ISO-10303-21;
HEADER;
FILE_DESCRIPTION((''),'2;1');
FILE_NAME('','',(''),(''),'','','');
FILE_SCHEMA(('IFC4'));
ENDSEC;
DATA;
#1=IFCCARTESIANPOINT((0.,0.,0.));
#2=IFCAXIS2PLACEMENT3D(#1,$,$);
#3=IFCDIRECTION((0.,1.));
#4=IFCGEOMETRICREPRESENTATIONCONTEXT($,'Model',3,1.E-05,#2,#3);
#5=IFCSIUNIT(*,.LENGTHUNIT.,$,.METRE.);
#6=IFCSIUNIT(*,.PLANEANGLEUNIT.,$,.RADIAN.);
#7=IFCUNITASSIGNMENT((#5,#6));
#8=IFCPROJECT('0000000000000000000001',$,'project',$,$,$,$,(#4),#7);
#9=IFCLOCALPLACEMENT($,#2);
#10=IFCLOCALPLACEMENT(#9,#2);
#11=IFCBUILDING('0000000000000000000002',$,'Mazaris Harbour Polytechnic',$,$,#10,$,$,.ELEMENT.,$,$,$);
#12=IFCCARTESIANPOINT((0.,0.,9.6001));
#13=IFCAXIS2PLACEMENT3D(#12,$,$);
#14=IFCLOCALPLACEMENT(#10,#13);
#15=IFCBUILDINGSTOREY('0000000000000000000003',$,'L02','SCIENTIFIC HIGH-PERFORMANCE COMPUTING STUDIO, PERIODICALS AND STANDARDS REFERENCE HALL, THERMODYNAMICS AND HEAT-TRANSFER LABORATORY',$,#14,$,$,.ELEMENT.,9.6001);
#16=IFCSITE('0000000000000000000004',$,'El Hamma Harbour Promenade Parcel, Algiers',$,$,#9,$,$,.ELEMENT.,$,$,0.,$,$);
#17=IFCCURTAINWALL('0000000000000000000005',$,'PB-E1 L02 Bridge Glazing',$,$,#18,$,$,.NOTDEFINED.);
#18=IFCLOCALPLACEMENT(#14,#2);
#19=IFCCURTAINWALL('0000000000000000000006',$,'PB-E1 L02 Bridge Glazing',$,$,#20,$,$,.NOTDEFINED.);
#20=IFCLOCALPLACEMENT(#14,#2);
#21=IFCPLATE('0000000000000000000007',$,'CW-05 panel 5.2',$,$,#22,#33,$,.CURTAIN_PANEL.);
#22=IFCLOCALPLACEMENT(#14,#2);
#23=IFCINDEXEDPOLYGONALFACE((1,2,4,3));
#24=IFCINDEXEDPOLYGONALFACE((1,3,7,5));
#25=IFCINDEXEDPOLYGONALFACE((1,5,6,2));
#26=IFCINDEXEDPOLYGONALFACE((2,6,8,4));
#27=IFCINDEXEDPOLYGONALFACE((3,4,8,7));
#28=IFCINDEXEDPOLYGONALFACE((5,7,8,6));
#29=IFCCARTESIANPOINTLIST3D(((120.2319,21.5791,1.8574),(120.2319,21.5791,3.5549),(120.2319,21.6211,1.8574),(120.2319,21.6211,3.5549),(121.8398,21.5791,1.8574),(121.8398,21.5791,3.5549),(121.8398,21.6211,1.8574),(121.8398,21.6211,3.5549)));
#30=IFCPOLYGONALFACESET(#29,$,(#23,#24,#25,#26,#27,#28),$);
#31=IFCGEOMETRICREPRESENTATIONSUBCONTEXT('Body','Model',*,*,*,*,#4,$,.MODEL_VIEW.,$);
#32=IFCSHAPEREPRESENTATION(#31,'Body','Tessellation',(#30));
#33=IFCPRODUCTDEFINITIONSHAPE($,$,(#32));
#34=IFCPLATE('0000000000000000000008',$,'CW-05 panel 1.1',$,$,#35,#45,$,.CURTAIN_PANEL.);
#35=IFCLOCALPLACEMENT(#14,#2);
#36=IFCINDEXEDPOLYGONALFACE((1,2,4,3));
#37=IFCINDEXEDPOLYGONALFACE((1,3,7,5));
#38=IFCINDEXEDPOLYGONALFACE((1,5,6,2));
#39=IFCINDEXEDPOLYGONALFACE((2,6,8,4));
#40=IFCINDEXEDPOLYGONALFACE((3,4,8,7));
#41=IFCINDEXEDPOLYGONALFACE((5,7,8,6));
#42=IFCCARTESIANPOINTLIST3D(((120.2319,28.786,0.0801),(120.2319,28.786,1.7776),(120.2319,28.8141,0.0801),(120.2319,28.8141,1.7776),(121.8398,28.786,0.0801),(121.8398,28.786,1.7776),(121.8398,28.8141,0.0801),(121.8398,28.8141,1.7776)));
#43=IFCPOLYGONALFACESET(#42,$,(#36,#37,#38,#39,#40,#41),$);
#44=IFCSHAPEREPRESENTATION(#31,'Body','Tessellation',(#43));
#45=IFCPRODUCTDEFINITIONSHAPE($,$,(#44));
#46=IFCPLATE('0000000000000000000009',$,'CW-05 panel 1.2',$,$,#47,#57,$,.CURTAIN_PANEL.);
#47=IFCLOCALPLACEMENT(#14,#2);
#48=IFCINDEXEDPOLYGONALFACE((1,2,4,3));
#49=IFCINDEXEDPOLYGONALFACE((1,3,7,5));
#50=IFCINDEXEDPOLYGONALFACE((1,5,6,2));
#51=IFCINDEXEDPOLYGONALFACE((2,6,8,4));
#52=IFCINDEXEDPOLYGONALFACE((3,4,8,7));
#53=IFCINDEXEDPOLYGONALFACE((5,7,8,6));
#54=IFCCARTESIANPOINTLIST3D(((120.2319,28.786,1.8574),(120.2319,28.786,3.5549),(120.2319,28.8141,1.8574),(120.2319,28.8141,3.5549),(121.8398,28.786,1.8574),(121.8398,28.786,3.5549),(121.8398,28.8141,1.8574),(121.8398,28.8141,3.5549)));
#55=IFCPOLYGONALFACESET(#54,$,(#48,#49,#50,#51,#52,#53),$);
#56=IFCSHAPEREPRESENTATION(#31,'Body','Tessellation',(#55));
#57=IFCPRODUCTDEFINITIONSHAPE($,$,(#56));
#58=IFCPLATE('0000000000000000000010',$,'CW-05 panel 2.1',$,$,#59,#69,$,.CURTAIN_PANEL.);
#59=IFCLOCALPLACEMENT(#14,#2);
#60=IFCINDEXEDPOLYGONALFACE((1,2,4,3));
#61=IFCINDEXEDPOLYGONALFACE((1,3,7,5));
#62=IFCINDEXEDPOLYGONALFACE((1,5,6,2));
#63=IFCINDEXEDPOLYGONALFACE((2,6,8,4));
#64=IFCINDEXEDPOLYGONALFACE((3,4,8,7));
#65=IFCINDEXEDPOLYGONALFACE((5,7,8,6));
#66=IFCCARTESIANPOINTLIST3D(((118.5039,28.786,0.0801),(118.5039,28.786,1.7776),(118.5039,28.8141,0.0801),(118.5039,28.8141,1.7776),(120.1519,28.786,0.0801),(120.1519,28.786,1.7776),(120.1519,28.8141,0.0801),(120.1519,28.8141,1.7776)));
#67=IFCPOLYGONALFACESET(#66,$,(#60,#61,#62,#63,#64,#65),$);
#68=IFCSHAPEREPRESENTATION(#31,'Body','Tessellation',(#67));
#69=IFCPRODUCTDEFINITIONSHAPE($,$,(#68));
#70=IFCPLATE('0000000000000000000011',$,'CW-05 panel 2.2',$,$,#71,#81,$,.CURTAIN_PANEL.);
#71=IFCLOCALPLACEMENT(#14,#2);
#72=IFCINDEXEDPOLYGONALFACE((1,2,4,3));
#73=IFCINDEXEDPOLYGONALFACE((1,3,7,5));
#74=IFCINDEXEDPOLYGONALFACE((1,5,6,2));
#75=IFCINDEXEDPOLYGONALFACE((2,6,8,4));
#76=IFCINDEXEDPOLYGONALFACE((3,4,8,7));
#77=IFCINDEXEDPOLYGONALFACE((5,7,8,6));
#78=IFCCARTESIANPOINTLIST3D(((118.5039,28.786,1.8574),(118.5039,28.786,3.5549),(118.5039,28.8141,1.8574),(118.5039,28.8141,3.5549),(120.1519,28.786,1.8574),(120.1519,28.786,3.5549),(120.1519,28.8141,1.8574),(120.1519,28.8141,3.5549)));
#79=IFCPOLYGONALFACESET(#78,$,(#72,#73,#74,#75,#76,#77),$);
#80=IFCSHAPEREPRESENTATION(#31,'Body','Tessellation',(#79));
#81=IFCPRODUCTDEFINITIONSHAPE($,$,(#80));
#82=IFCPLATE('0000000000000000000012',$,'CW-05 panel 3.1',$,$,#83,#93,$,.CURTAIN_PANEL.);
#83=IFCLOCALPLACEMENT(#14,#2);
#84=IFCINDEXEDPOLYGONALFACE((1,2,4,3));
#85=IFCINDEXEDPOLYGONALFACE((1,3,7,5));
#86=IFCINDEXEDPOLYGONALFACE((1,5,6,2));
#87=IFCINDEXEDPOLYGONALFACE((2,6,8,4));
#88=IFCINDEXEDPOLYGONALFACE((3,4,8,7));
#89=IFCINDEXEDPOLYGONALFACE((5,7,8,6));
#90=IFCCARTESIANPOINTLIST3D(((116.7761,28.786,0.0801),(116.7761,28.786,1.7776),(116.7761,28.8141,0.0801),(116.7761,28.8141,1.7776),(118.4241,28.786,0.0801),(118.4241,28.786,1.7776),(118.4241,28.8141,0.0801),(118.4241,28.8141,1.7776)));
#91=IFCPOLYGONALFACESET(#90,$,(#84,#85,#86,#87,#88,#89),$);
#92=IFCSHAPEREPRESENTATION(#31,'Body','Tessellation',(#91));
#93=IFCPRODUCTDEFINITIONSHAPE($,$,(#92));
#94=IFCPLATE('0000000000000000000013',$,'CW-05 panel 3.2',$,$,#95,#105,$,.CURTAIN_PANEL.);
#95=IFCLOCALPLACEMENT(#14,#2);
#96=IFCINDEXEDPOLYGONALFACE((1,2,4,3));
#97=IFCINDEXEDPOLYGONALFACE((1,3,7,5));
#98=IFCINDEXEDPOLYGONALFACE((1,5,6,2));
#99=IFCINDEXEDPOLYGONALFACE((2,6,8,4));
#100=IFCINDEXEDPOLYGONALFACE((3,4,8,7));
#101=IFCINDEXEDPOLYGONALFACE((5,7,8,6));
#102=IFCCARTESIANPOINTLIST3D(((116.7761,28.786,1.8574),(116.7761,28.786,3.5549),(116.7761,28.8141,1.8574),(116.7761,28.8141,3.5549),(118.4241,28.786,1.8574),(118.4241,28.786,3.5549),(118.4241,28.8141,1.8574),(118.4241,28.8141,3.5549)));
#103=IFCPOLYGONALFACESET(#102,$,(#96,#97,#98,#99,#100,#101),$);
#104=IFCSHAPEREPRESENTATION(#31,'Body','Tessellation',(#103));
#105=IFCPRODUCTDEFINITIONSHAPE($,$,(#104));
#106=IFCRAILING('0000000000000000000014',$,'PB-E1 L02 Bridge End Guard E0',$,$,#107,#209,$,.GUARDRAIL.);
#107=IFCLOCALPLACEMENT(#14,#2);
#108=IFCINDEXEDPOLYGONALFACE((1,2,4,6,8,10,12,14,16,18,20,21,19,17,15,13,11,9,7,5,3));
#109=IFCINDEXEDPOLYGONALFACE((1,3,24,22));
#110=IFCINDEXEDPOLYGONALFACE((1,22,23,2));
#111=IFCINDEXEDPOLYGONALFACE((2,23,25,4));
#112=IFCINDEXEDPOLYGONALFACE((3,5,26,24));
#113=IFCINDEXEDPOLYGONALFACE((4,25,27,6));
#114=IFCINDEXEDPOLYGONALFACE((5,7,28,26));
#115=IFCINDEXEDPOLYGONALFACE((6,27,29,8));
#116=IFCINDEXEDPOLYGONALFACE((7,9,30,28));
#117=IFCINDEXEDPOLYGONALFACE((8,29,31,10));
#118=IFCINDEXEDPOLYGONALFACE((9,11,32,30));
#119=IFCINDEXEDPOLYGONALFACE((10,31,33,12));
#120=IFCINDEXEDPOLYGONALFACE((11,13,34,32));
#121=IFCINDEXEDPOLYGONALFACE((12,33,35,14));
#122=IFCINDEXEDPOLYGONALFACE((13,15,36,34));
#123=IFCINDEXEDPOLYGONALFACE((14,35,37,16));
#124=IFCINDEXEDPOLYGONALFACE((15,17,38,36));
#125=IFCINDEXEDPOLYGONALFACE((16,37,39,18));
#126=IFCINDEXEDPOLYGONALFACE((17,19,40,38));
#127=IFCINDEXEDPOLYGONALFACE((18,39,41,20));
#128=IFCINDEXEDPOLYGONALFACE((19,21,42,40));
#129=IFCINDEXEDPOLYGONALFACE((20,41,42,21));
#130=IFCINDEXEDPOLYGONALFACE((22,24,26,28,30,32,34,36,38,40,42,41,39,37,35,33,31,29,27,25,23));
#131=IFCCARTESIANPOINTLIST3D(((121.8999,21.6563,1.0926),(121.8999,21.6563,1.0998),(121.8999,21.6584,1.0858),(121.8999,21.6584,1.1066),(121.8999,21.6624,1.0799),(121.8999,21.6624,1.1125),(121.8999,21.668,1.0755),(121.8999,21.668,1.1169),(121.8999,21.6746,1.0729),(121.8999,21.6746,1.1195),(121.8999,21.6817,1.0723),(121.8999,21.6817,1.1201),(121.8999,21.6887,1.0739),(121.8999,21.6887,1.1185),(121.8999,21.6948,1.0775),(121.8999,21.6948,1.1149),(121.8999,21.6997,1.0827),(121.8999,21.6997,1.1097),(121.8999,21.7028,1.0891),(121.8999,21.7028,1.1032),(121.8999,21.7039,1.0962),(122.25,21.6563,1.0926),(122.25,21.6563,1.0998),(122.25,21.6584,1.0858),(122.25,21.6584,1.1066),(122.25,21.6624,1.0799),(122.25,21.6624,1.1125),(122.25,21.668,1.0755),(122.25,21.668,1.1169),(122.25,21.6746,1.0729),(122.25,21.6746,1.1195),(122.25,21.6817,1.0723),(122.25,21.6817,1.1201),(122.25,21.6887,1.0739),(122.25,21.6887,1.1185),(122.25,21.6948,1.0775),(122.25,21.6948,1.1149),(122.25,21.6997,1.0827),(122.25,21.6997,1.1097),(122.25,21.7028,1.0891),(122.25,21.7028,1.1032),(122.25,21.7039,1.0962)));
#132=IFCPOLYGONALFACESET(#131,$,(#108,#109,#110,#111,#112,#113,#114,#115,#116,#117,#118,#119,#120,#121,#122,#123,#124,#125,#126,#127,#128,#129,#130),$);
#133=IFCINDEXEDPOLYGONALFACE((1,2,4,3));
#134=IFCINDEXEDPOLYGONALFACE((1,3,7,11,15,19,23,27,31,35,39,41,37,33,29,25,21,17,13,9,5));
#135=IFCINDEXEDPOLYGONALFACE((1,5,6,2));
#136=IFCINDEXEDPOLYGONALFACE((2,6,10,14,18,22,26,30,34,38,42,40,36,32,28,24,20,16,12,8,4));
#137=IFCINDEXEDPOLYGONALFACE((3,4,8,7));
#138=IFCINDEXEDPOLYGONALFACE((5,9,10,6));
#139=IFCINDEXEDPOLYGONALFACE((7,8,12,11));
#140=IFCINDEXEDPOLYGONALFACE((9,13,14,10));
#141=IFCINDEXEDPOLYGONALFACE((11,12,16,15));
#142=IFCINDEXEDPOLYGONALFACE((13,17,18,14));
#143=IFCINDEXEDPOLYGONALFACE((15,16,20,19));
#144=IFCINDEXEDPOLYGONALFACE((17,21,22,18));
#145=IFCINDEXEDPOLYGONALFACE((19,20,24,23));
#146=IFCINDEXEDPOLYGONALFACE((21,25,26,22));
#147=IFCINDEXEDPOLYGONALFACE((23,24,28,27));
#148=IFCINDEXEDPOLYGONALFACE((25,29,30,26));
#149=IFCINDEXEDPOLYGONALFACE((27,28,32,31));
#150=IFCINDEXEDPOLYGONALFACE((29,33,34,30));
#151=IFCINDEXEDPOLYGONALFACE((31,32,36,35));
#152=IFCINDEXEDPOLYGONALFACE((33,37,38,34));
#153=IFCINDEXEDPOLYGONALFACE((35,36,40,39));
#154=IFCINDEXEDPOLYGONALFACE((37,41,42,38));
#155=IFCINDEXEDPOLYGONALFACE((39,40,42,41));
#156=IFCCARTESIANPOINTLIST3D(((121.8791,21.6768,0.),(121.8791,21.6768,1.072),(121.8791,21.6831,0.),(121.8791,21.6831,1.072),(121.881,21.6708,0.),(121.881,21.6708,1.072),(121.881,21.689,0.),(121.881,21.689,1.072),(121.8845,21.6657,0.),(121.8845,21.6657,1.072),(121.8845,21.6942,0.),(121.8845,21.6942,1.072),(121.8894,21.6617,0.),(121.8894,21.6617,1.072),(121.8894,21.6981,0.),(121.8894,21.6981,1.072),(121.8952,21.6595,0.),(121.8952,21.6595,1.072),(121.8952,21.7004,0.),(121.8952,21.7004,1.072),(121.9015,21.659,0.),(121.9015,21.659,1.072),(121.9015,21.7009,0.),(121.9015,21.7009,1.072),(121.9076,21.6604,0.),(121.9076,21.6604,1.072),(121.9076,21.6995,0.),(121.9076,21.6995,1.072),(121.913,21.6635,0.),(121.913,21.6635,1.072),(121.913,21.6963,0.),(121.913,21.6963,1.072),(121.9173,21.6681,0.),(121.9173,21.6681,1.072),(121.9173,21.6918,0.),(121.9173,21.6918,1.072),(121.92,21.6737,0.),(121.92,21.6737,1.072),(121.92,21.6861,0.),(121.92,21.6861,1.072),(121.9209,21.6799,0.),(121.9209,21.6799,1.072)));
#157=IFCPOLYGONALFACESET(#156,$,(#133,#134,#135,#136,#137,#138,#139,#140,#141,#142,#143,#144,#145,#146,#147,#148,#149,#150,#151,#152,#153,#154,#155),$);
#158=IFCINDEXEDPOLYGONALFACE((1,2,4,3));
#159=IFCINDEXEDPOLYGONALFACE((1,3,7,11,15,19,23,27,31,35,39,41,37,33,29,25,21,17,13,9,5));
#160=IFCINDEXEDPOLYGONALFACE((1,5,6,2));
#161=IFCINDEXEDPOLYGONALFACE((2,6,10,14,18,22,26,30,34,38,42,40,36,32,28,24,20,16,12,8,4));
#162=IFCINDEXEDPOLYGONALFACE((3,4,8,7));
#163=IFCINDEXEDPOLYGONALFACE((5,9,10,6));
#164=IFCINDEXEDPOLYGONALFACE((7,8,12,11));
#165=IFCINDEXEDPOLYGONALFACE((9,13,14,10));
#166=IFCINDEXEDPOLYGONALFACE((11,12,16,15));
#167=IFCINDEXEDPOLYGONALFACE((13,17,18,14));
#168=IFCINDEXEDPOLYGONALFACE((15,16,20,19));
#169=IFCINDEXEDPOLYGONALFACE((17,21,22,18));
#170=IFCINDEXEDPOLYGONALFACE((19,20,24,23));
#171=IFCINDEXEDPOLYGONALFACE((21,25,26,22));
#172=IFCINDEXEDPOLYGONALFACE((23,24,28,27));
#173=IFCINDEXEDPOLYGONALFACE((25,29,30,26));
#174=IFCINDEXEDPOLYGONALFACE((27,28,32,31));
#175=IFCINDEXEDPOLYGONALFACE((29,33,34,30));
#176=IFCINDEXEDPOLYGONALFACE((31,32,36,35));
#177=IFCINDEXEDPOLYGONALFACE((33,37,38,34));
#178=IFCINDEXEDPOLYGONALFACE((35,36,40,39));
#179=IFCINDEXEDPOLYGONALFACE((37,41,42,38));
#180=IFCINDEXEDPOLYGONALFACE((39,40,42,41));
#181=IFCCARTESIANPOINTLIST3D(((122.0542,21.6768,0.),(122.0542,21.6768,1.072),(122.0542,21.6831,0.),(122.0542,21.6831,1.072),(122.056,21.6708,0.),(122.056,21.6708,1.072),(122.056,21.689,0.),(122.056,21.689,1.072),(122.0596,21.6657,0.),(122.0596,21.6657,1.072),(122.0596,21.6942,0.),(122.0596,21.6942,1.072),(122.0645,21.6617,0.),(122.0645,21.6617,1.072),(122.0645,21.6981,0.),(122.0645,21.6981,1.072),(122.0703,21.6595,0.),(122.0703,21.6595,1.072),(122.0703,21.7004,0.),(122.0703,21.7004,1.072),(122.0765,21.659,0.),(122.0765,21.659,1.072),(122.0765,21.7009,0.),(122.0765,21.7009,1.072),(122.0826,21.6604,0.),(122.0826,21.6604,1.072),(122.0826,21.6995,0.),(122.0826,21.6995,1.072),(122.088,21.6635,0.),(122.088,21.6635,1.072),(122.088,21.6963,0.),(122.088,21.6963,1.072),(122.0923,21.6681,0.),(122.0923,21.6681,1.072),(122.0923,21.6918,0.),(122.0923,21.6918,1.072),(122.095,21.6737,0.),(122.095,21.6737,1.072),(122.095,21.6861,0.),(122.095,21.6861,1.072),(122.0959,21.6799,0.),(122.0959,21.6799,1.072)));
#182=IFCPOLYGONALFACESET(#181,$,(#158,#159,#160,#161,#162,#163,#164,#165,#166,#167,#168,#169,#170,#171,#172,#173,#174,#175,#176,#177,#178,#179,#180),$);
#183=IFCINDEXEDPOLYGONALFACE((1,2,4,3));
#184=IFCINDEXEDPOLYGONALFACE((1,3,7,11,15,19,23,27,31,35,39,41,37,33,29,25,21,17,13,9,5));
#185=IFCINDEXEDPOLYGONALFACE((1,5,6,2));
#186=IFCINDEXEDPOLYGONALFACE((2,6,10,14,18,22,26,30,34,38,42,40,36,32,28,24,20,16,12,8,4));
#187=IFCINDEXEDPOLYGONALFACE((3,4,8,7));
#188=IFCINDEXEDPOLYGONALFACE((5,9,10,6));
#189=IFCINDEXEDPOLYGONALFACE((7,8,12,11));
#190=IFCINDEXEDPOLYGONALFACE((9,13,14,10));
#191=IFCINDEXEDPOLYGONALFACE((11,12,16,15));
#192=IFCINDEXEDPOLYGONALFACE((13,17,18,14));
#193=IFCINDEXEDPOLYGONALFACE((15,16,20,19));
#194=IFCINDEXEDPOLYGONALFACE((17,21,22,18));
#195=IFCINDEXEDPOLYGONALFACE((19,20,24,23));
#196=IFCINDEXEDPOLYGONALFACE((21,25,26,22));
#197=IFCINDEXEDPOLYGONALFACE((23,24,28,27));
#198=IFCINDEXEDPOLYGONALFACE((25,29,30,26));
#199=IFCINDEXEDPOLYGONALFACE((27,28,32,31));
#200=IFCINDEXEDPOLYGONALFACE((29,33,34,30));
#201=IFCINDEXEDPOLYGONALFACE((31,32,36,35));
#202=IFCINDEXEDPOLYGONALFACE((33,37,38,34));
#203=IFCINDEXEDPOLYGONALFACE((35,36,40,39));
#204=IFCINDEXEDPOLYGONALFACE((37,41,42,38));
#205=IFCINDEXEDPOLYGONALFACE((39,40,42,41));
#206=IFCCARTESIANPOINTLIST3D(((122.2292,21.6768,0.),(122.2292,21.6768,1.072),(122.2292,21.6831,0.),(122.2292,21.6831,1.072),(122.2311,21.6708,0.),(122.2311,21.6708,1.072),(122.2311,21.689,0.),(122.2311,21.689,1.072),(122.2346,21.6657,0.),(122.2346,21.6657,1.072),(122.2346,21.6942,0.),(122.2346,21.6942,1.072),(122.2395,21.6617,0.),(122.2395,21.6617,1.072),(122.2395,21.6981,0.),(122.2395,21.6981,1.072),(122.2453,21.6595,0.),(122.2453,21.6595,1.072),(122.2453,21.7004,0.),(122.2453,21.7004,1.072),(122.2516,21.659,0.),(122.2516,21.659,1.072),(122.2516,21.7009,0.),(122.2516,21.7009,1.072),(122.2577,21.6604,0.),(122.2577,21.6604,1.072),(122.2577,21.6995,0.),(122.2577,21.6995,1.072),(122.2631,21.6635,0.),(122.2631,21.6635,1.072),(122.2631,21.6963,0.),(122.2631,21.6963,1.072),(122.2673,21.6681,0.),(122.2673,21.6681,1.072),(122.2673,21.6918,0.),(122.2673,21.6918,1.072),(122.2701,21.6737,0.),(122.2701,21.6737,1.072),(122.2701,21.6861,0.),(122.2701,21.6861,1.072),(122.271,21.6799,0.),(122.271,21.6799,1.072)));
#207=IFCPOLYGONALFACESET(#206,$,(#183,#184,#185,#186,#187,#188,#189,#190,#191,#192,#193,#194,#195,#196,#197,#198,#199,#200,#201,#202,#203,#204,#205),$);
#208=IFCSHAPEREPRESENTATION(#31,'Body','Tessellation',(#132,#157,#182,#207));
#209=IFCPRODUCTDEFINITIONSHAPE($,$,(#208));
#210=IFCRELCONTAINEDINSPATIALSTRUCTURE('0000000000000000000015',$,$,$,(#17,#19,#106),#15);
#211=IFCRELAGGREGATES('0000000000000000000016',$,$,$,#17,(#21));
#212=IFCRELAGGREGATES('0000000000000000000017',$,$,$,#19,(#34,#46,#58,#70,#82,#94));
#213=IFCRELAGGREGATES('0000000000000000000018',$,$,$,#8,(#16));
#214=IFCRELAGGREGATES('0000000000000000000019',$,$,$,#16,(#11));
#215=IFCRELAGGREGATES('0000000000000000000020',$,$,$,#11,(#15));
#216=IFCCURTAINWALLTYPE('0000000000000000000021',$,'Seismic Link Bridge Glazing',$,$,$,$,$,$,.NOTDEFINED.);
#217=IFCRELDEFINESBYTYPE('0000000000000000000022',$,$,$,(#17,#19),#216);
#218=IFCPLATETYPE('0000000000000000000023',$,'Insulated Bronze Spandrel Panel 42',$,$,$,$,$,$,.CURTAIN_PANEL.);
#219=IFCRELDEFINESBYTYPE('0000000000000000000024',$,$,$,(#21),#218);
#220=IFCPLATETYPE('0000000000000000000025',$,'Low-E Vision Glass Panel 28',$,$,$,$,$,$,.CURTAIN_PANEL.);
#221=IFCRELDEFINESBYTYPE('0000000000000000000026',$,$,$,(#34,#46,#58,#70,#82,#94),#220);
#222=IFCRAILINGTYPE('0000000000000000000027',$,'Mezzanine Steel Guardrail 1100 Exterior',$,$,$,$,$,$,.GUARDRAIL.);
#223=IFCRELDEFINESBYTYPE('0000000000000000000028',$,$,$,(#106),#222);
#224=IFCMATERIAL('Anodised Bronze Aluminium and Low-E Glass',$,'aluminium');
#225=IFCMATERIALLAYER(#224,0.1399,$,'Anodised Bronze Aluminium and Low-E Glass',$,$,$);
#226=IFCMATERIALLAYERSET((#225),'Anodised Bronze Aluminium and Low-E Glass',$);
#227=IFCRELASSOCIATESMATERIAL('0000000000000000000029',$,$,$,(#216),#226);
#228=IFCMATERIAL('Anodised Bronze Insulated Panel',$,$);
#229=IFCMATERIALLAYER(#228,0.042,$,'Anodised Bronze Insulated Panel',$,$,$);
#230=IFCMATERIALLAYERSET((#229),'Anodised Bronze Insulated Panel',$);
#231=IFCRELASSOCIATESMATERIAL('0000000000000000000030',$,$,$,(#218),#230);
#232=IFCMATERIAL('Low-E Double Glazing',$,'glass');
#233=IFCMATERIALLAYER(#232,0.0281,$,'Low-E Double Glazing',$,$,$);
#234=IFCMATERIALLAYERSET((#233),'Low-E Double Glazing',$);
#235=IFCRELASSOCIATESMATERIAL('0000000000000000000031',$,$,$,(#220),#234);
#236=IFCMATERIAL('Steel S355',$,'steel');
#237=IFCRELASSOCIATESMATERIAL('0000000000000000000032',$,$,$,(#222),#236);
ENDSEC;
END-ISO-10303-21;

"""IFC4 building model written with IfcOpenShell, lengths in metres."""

from ifc_helpers import new_model, si_unit, direction, frame, origin, origin_2d, place, context, subcontext, project, spatial, rectangle, circle, extrude, material, layer, layer_set, type_object, element, aggregate, save


model = new_model("IFC4")

# Units and contexts
model_context = context("Model", 3, precision=1e-05, world=origin(), true_north=direction((0.0, 1.0)))
body_context = subcontext(model_context, "Body", "Model", "MODEL_VIEW")
ifc_project = project(units=[si_unit("LENGTHUNIT", "METRE"), si_unit("PLANEANGLEUNIT", "RADIAN")], contexts=[model_context])

# Site, building, storey
site_placement = place(None, origin())
site = spatial("IfcSite", under=ifc_project, at=site_placement, Name="El Hamma Harbour Promenade Parcel, Algiers", CompositionType="ELEMENT", RefElevation=0.0)
building_placement = place(site_placement, origin())
building = spatial("IfcBuilding", under=site, at=building_placement, Name="Mazaris Harbour Polytechnic", CompositionType="ELEMENT")
storey_placement = place(building_placement, frame((0.0, 0.0, 9.6001)))
storey = spatial("IfcBuildingStorey", under=building, at=storey_placement, Name="L02", Description="SCIENTIFIC HIGH-PERFORMANCE COMPUTING STUDIO, PERIODICALS AND STANDARDS REFERENCE HALL, THERMODYNAMICS AND HEAT-TRANSFER LABORATORY", CompositionType="ELEMENT", Elevation=9.6001)

# Curtain walls
ifc_material_1 = material(Name="Anodised Bronze Aluminium and Low-E Glass", Category="aluminium")
ifc_layer_1 = layer(ifc_material_1, 0.1399, Name="Anodised Bronze Aluminium and Low-E Glass")
ifc_layer_set_1 = layer_set([ifc_layer_1], Name="Anodised Bronze Aluminium and Low-E Glass")
curtain_wall_type = type_object("IfcCurtainWallType", Name="Seismic Link Bridge Glazing", PredefinedType="NOTDEFINED", material=ifc_layer_set_1)
curtain_wall_1_placement = place(storey_placement, origin())
curtain_wall_1 = element("IfcCurtainWall", 1, at=curtain_wall_1_placement, inside=storey, type_object=curtain_wall_type, Name="PB-E1 L02 Bridge Glazing", PredefinedType="NOTDEFINED")
curtain_wall_2_placement = place(storey_placement, origin())
curtain_wall_2 = element("IfcCurtainWall", 2, at=curtain_wall_2_placement, inside=storey, type_object=curtain_wall_type, Name="PB-E1 L02 Bridge Glazing", PredefinedType="NOTDEFINED")

# Plates
ifc_material_2 = material(Name="Anodised Bronze Insulated Panel")
ifc_layer_2 = layer(ifc_material_2, 0.042, Name="Anodised Bronze Insulated Panel")
ifc_layer_set_2 = layer_set([ifc_layer_2], Name="Anodised Bronze Insulated Panel")
plate_type_1 = type_object("IfcPlateType", Name="Insulated Bronze Spandrel Panel 42", PredefinedType="CURTAIN_PANEL", material=ifc_layer_set_2)
plate_1_placement = place(storey_placement, frame((121.0359, 21.6001, 1.8574), z_axis=(0.0, 0.0, 1.0), x_axis=(1.0, 0.0, 0.0)))
plate_1 = element("IfcPlate", 3, at=plate_1_placement, type_object=plate_type_1, Name="CW-05 panel 5.2", PredefinedType="CURTAIN_PANEL", context=body_context, shape_type="SweptSolid", body=[
    extrude(rectangle(XDim=1.6079, YDim=0.042, at=origin_2d()), origin(), (0.0, 0.0, 1.0), 1.6975),
])
aggregate(curtain_wall_1, [plate_1])
ifc_material_3 = material(Name="Low-E Double Glazing", Category="glass")
ifc_layer_3 = layer(ifc_material_3, 0.0281, Name="Low-E Double Glazing")
ifc_layer_set_3 = layer_set([ifc_layer_3], Name="Low-E Double Glazing")
plate_type_2 = type_object("IfcPlateType", Name="Low-E Vision Glass Panel 28", PredefinedType="CURTAIN_PANEL", material=ifc_layer_set_3)
plate_2_placement = place(storey_placement, frame((121.0359, 28.8, 0.0801), z_axis=(0.0, 0.0, 1.0), x_axis=(-1.0, 0.0, 0.0)))
plate_2 = element("IfcPlate", 4, at=plate_2_placement, type_object=plate_type_2, Name="CW-05 panel 1.1", PredefinedType="CURTAIN_PANEL", context=body_context, shape_type="SweptSolid", body=[
    extrude(rectangle(XDim=1.6079, YDim=0.0281, at=origin_2d()), origin(), (0.0, 0.0, 1.0), 1.6975),
])
plate_3_placement = place(storey_placement, frame((121.0359, 28.8, 1.8574), z_axis=(0.0, 0.0, 1.0), x_axis=(-1.0, 0.0, 0.0)))
plate_3 = element("IfcPlate", 5, at=plate_3_placement, type_object=plate_type_2, Name="CW-05 panel 1.2", PredefinedType="CURTAIN_PANEL", context=body_context, shape_type="SweptSolid", body=[
    extrude(rectangle(XDim=1.6079, YDim=0.0281, at=origin_2d()), origin(), (0.0, 0.0, 1.0), 1.6975),
])
plate_4_placement = place(storey_placement, frame((119.3279, 28.8, 0.0801), z_axis=(0.0, 0.0, 1.0), x_axis=(-1.0, 0.0, 0.0)))
plate_4 = element("IfcPlate", 6, at=plate_4_placement, type_object=plate_type_2, Name="CW-05 panel 2.1", PredefinedType="CURTAIN_PANEL", context=body_context, shape_type="SweptSolid", body=[
    extrude(rectangle(XDim=1.6479, YDim=0.0281, at=origin_2d()), origin(), (0.0, 0.0, 1.0), 1.6975),
])
plate_5_placement = place(storey_placement, frame((119.3279, 28.8, 1.8574), z_axis=(0.0, 0.0, 1.0), x_axis=(-1.0, 0.0, 0.0)))
plate_5 = element("IfcPlate", 7, at=plate_5_placement, type_object=plate_type_2, Name="CW-05 panel 2.2", PredefinedType="CURTAIN_PANEL", context=body_context, shape_type="SweptSolid", body=[
    extrude(rectangle(XDim=1.6479, YDim=0.0281, at=origin_2d()), origin(), (0.0, 0.0, 1.0), 1.6975),
])
plate_6_placement = place(storey_placement, frame((117.6001, 28.8, 0.0801), z_axis=(0.0, 0.0, 1.0), x_axis=(-1.0, 0.0, 0.0)))
plate_6 = element("IfcPlate", 8, at=plate_6_placement, type_object=plate_type_2, Name="CW-05 panel 3.1", PredefinedType="CURTAIN_PANEL", context=body_context, shape_type="SweptSolid", body=[
    extrude(rectangle(XDim=1.6479, YDim=0.0281, at=origin_2d()), origin(), (0.0, 0.0, 1.0), 1.6975),
])
plate_7_placement = place(storey_placement, frame((117.6001, 28.8, 1.8574), z_axis=(0.0, 0.0, 1.0), x_axis=(-1.0, 0.0, 0.0)))
plate_7 = element("IfcPlate", 9, at=plate_7_placement, type_object=plate_type_2, Name="CW-05 panel 3.2", PredefinedType="CURTAIN_PANEL", context=body_context, shape_type="SweptSolid", body=[
    extrude(rectangle(XDim=1.6479, YDim=0.0281, at=origin_2d()), origin(), (0.0, 0.0, 1.0), 1.6975),
])
aggregate(curtain_wall_2, [plate_2, plate_3, plate_4, plate_5, plate_6, plate_7])

# Railing
ifc_material_4 = material(Name="Steel S355", Category="steel")
railing_type = type_object("IfcRailingType", Name="Mezzanine Steel Guardrail 1100 Exterior", PredefinedType="GUARDRAIL", material=ifc_material_4)
for number, where, name in (
    (10, (121.8999, 21.6799, 0.0), "PB-E1 L02 Bridge End Guard E0"),
):
    element("IfcRailing", number, at=place(storey_placement, frame(where)), inside=storey, type_object=railing_type, Name=name, PredefinedType="GUARDRAIL", context=body_context, shape_type="SweptSolid", body=[
        extrude(circle(Radius=0.0239, at=origin_2d()), frame((0.0, 0.0, 1.0962), z_axis=(1.0, 0.0, 0.0), x_axis=(0.0, 1.0, 0.0)), (0.0, 0.0, 1.0), 0.3501),
        extrude(circle(Radius=0.021, at=origin_2d()), origin(), (0.0, 0.0, 1.0), 1.072),
        extrude(circle(Radius=0.021, at=origin_2d()), frame((0.175, 0.0, 0.0)), (0.0, 0.0, 1.0), 1.072),
        extrude(circle(Radius=0.021, at=origin_2d()), frame((0.3501, 0.0, 0.0)), (0.0, 0.0, 1.0), 1.072),
    ])

save(model, "model.ifc")
